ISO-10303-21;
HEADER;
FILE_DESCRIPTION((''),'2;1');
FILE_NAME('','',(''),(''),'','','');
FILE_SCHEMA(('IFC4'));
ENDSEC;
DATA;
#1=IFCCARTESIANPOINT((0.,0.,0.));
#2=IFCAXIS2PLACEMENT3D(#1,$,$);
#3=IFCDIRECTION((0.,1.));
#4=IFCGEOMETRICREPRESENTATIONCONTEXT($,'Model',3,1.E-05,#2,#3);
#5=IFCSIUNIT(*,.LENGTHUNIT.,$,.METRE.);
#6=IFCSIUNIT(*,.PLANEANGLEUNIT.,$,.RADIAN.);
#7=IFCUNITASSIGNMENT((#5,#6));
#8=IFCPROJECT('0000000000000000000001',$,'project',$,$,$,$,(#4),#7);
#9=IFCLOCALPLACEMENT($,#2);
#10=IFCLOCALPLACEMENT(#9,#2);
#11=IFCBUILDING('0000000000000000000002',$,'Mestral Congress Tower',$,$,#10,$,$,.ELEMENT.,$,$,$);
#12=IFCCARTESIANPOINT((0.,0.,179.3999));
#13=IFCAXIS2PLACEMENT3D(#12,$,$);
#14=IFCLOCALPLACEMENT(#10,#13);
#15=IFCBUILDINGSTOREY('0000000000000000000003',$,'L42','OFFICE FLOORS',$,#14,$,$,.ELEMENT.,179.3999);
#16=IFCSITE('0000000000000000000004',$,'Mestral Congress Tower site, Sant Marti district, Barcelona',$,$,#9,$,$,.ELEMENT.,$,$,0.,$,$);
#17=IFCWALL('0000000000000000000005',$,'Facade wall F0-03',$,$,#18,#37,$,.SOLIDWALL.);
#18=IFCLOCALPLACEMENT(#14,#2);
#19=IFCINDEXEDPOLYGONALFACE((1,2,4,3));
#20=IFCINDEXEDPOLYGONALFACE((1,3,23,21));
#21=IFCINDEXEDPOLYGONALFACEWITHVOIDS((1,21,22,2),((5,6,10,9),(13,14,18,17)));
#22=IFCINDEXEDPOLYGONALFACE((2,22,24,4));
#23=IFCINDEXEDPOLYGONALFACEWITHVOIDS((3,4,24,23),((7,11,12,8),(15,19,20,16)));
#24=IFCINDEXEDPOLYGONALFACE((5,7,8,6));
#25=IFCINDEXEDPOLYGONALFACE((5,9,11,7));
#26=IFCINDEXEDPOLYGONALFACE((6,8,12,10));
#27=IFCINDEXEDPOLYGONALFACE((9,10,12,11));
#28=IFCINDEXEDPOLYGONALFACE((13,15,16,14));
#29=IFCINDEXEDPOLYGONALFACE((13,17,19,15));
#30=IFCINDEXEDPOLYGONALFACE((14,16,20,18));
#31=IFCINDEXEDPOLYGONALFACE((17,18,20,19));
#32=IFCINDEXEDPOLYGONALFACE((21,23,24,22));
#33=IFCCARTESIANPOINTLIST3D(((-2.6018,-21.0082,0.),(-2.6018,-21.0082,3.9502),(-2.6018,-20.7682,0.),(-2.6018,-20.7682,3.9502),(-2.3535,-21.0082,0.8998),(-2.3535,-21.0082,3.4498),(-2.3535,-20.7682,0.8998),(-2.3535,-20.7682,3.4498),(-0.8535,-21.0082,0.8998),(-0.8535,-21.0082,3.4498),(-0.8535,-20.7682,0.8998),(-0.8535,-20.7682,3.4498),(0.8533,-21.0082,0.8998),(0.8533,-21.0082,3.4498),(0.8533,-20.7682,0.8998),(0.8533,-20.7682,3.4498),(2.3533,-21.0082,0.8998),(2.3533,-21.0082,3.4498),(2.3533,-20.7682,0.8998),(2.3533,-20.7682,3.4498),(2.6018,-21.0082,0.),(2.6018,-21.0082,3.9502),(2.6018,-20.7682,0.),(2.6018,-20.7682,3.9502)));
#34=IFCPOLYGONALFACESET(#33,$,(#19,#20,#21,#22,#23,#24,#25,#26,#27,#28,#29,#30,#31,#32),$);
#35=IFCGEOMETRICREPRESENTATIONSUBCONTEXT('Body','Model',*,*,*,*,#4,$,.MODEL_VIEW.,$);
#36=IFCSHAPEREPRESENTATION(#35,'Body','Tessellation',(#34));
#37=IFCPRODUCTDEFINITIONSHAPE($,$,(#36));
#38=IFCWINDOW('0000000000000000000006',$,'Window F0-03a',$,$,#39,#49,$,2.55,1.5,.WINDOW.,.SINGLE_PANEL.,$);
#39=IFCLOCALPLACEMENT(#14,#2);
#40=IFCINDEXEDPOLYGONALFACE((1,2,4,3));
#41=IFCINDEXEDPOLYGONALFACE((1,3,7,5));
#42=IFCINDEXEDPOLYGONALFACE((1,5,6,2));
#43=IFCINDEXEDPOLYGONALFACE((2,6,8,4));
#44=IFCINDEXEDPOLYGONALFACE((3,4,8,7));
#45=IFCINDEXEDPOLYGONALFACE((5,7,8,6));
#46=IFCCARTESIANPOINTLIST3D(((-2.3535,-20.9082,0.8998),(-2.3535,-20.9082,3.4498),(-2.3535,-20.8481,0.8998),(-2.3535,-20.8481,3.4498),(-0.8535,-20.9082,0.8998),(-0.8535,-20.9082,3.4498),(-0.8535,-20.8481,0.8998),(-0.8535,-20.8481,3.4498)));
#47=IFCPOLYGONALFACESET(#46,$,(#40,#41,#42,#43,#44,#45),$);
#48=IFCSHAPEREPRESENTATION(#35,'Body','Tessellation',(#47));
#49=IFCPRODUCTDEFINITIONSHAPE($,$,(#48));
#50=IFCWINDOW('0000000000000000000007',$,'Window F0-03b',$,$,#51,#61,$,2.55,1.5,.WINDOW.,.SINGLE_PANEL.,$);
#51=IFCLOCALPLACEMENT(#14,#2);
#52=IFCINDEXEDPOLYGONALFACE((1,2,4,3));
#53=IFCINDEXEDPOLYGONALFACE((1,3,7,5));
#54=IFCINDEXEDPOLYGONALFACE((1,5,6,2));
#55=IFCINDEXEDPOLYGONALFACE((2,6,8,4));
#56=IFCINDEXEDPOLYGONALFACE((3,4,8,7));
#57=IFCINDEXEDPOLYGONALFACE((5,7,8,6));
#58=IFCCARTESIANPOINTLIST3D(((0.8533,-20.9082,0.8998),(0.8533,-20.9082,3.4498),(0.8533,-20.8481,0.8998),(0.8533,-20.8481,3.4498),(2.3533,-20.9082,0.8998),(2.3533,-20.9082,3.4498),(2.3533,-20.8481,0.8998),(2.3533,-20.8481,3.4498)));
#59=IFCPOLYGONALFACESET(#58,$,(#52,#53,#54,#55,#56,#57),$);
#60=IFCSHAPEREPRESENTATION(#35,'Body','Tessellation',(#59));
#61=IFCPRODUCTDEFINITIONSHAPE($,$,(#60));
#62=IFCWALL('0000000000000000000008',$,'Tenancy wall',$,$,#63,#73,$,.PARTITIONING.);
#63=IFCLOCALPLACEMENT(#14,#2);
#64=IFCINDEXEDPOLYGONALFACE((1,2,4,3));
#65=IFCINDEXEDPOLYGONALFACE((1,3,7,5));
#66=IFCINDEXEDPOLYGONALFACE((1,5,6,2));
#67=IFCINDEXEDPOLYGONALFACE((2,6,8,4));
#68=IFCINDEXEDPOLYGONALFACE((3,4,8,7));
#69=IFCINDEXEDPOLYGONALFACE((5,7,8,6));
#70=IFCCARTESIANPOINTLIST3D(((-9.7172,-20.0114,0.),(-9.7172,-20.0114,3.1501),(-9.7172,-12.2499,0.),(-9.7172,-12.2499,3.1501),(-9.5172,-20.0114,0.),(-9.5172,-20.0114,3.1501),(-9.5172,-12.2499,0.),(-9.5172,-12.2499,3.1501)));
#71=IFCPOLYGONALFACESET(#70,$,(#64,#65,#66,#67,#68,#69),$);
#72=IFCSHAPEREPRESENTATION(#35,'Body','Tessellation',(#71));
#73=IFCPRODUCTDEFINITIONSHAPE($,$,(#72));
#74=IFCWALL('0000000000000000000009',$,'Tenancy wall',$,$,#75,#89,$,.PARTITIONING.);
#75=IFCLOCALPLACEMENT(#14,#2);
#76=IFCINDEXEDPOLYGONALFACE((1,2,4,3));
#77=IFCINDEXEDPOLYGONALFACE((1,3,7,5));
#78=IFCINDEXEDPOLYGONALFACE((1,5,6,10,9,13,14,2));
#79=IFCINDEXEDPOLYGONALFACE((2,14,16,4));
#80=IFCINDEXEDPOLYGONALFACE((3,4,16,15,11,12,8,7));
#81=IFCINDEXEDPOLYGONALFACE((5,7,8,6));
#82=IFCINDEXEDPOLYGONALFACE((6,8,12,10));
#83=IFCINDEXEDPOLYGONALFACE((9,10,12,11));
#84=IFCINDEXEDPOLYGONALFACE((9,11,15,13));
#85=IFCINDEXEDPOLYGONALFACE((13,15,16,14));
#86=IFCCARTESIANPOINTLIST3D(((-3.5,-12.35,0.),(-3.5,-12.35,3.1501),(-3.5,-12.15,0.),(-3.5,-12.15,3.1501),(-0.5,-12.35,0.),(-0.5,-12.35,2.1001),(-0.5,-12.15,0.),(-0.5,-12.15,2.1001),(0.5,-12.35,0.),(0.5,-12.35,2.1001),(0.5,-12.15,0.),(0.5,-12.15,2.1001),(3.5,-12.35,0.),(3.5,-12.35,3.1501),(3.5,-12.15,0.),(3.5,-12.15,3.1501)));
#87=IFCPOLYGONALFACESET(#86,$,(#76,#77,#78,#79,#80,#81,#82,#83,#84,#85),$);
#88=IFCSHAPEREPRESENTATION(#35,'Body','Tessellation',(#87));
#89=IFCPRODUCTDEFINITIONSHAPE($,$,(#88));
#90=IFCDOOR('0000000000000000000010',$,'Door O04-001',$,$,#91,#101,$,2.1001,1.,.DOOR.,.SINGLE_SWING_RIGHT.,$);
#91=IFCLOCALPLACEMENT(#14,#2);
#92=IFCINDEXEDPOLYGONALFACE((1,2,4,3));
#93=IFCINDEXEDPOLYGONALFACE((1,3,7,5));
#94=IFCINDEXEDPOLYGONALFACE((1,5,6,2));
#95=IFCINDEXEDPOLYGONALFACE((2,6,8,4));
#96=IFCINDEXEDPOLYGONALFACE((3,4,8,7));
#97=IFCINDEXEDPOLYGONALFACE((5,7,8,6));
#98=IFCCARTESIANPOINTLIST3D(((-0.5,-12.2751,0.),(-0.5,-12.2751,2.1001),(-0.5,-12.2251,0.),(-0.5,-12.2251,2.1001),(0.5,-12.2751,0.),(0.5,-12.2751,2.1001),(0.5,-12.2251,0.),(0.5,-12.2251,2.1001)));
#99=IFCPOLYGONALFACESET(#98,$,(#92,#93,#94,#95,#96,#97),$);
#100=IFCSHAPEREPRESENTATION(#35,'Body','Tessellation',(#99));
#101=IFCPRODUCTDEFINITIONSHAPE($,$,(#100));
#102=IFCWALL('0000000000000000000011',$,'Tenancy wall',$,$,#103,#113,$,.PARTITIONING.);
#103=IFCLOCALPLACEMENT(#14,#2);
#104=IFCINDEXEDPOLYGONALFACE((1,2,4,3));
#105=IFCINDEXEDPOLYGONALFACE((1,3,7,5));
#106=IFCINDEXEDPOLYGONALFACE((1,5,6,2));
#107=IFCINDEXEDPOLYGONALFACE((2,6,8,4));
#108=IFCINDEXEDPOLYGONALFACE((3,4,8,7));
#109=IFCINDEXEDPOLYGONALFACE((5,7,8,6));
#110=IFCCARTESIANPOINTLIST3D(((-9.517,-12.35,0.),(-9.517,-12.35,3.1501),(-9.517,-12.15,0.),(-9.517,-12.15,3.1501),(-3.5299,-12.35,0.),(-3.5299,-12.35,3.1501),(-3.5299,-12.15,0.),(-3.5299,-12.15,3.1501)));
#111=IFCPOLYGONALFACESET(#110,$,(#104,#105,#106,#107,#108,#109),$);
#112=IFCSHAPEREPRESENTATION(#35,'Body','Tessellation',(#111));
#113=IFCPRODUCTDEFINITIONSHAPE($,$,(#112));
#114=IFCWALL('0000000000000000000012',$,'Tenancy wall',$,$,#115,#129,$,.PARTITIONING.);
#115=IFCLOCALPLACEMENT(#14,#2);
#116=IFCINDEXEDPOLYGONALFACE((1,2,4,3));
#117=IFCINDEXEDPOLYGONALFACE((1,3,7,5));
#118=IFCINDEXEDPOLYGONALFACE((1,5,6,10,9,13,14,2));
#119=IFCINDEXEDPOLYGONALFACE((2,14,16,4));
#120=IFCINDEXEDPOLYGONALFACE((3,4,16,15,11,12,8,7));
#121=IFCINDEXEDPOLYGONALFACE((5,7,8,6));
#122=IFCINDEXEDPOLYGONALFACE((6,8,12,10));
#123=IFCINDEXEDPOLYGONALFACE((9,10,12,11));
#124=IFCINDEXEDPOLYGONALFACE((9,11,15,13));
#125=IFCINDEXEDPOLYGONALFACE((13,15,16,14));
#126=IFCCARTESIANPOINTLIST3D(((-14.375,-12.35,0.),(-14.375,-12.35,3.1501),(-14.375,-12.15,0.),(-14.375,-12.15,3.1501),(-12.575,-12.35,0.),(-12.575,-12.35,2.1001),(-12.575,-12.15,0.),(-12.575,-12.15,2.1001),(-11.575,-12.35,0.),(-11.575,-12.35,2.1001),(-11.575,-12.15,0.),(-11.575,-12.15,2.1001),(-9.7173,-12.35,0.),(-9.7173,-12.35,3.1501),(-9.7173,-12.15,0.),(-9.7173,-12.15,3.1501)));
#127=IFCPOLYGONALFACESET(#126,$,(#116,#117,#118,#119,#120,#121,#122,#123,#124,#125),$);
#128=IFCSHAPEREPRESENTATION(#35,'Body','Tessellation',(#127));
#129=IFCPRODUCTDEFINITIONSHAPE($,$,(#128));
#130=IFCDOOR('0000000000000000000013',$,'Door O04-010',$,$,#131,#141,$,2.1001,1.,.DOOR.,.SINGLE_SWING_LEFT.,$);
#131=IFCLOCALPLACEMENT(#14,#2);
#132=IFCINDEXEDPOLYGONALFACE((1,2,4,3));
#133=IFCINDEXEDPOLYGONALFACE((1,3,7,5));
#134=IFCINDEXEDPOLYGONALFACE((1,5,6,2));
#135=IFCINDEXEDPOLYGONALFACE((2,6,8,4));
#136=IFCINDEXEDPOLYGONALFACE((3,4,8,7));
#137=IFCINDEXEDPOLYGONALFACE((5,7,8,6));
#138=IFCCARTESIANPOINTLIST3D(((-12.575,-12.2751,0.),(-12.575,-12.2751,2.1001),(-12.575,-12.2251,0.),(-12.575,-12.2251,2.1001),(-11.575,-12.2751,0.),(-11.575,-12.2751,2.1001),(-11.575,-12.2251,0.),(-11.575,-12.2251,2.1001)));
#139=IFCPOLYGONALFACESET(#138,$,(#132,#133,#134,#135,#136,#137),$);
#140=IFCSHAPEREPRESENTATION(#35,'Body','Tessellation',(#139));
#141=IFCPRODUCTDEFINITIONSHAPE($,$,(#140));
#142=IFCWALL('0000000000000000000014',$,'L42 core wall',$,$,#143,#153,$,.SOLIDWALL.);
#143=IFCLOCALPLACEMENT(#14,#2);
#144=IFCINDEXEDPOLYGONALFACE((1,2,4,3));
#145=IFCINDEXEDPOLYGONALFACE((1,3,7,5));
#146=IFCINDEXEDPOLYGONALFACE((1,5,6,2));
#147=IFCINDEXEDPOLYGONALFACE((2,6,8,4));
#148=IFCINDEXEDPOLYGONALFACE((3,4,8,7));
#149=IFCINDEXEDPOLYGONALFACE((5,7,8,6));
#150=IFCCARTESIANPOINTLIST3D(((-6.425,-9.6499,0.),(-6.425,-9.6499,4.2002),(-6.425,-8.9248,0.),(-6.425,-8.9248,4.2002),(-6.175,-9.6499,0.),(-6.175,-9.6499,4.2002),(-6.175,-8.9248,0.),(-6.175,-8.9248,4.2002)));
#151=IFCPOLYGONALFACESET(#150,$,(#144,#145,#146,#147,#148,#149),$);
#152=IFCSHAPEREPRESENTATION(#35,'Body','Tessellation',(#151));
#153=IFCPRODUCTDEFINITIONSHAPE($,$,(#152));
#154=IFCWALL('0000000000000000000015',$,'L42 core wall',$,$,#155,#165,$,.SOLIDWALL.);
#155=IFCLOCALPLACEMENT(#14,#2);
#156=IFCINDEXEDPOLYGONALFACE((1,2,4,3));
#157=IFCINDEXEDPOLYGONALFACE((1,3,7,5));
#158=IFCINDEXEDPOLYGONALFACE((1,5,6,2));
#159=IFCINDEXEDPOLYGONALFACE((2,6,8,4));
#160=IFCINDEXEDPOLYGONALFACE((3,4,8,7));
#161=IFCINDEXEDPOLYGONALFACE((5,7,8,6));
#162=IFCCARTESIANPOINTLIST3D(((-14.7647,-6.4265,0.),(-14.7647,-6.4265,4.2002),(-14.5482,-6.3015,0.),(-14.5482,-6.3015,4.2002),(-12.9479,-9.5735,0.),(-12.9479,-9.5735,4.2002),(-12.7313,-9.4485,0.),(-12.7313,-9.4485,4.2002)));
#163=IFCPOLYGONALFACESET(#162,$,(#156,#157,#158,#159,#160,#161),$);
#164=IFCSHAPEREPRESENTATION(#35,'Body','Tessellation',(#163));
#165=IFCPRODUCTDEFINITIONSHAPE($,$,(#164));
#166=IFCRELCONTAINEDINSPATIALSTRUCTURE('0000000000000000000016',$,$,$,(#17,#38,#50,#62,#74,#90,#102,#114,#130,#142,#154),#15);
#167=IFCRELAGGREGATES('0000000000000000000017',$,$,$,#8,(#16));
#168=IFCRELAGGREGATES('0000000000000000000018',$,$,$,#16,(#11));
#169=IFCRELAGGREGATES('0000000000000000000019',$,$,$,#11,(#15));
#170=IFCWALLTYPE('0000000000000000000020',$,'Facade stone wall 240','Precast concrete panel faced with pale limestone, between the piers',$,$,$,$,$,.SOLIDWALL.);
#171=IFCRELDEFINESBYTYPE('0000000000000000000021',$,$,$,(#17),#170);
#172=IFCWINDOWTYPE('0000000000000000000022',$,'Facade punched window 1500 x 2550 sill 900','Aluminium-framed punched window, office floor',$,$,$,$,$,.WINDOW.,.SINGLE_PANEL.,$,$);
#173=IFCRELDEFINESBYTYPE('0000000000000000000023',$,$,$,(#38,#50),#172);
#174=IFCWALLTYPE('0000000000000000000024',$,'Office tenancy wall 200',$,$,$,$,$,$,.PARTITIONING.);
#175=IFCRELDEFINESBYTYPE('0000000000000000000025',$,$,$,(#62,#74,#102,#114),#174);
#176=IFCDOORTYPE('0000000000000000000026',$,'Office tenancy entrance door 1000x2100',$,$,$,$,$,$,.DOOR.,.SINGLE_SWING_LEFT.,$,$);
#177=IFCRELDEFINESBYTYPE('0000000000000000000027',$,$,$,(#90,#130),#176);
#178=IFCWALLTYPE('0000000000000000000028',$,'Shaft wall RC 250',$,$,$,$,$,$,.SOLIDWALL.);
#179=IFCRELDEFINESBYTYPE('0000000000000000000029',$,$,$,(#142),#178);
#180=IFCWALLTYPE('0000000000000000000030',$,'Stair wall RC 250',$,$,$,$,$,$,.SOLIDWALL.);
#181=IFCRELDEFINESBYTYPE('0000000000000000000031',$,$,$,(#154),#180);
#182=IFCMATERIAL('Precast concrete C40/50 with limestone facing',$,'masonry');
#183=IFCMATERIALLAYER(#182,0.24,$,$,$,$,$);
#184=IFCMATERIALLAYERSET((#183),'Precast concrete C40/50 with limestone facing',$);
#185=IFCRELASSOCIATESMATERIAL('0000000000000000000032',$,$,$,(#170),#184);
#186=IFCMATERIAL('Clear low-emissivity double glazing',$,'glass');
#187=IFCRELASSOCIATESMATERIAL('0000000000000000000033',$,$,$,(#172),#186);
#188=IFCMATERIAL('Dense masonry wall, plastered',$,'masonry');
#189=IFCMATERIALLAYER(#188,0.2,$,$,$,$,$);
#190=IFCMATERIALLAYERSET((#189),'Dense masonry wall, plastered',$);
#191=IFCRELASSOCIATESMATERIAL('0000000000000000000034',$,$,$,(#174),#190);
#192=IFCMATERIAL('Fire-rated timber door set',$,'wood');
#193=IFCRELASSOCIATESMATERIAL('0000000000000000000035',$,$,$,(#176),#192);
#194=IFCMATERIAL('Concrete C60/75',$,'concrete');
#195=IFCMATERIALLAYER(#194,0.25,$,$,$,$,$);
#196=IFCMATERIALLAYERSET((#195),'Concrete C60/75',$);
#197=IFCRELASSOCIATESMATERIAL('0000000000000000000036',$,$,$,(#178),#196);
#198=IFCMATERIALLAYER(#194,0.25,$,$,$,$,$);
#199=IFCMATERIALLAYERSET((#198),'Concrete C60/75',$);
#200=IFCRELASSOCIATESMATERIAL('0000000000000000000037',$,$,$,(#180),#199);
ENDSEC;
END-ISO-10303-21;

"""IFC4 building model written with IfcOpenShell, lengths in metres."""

from ifc_helpers import new_model, si_unit, direction, frame, frame_2d, origin, place, context, subcontext, project, spatial, rectangle, extrude, material, layer, layer_set, type_object, element, fill, save


model = new_model("IFC4")

# Units and contexts
model_context = context("Model", 3, precision=1e-05, world=origin(), true_north=direction((0.0, 1.0)))
body_context = subcontext(model_context, "Body", "Model", "MODEL_VIEW")
ifc_project = project(units=[si_unit("LENGTHUNIT", "METRE"), si_unit("PLANEANGLEUNIT", "RADIAN")], contexts=[model_context])

# Site, building, storey
site_placement = place(None, origin())
site = spatial("IfcSite", under=ifc_project, at=site_placement, Name="Mestral Congress Tower site, Sant Marti district, Barcelona", CompositionType="ELEMENT", RefElevation=0.0)
building_placement = place(site_placement, origin())
building = spatial("IfcBuilding", under=site, at=building_placement, Name="Mestral Congress Tower", CompositionType="ELEMENT")
storey_placement = place(building_placement, frame((0.0, 0.0, 179.3999)))
storey = spatial("IfcBuildingStorey", under=building, at=storey_placement, Name="L42", Description="OFFICE FLOORS", CompositionType="ELEMENT", Elevation=179.3999)

# Shared definitions
ifc_material_1 = material(Name="Concrete C60/75", Category="concrete")

# Wall, openings, windows
ifc_material_2 = material(Name="Precast concrete C40/50 with limestone facing", Category="masonry")
ifc_layer_1 = layer(ifc_material_2, 0.24)
ifc_layer_set_1 = layer_set([ifc_layer_1], Name="Precast concrete C40/50 with limestone facing")
wall_type_1 = type_object("IfcWallType", Name="Facade stone wall 240", Description="Precast concrete panel faced with pale limestone, between the piers", PredefinedType="SOLIDWALL", material=ifc_layer_set_1)
ifc_material_3 = material(Name="Clear low-emissivity double glazing", Category="glass")
window_type = type_object("IfcWindowType", Name="Facade punched window 1500 x 2550 sill 900", Description="Aluminium-framed punched window, office floor", PartitioningType="SINGLE_PANEL", PredefinedType="WINDOW", material=ifc_material_3)
wall_1_placement = place(storey_placement, frame((-2.6018, -20.8882, 0.0), z_axis=(0.0, 0.0, 1.0), x_axis=(1.0, 0.0, 0.0)))
wall_1 = element("IfcWall", 1, at=wall_1_placement, inside=storey, type_object=wall_type_1, Name="Facade wall F0-03", PredefinedType="SOLIDWALL", context=body_context, shape_type="SweptSolid", body=[
    extrude(rectangle(XDim=5.2036, YDim=0.24, at=frame_2d((2.6018, 0.0))), origin(), (0.0, 0.0, 1.0), 3.9502),
])
opening_1_placement = place(wall_1_placement, frame((0.2483, 0.0, 0.8999)))
opening_1 = element("IfcOpeningElement", 2, at=opening_1_placement, cuts=wall_1, PredefinedType="OPENING", context=body_context, shape_type="SweptSolid", body=[
    extrude(rectangle(XDim=1.5, YDim=2.55, at=frame_2d((0.75, 1.2749))), frame((0.0, 0.1299, 0.0), z_axis=(0.0, -1.0, 0.0), x_axis=(1.0, 0.0, 0.0)), (0.0, 0.0, 1.0), 0.26),
])
opening_2_placement = place(wall_1_placement, frame((3.4551, 0.0, 0.8999)))
opening_2 = element("IfcOpeningElement", 3, at=opening_2_placement, cuts=wall_1, PredefinedType="OPENING", context=body_context, shape_type="SweptSolid", body=[
    extrude(rectangle(XDim=1.5, YDim=2.55, at=frame_2d((0.75, 1.2749))), frame((0.0, 0.1299, 0.0), z_axis=(0.0, -1.0, 0.0), x_axis=(1.0, 0.0, 0.0)), (0.0, 0.0, 1.0), 0.26),
])
window_1_placement = place(opening_1_placement, origin())
window_1 = element("IfcWindow", 4, at=window_1_placement, inside=storey, type_object=window_type, Name="Window F0-03a", OverallHeight=2.55, OverallWidth=1.5, PartitioningType="SINGLE_PANEL", PredefinedType="WINDOW", context=body_context, shape_type="SweptSolid", body=[
    extrude(rectangle(XDim=1.5, YDim=2.55, at=frame_2d((0.75, 1.2749))), frame((0.0, 0.04, 0.0), z_axis=(0.0, -1.0, 0.0), x_axis=(1.0, 0.0, 0.0)), (0.0, 0.0, 1.0), 0.0601),
])
fill(opening_1, window_1)
window_2_placement = place(opening_2_placement, origin())
window_2 = element("IfcWindow", 5, at=window_2_placement, inside=storey, type_object=window_type, Name="Window F0-03b", OverallHeight=2.55, OverallWidth=1.5, PartitioningType="SINGLE_PANEL", PredefinedType="WINDOW", context=body_context, shape_type="SweptSolid", body=[
    extrude(rectangle(XDim=1.5, YDim=2.55, at=frame_2d((0.75, 1.2749))), frame((0.0, 0.04, 0.0), z_axis=(0.0, -1.0, 0.0), x_axis=(1.0, 0.0, 0.0)), (0.0, 0.0, 1.0), 0.0601),
])
fill(opening_2, window_2)

# Wall
ifc_material_4 = material(Name="Dense masonry wall, plastered", Category="masonry")
ifc_layer_2 = layer(ifc_material_4, 0.2)
ifc_layer_set_2 = layer_set([ifc_layer_2], Name="Dense masonry wall, plastered")
wall_type_2 = type_object("IfcWallType", Name="Office tenancy wall 200", PredefinedType="PARTITIONING", material=ifc_layer_set_2)
wall_2_placement = place(storey_placement, frame((-9.6172, -20.0115, 0.0), z_axis=(0.0, 0.0, 1.0), x_axis=(0.0, 1.0, 0.0)))
element("IfcWall", 6, at=wall_2_placement, inside=storey, type_object=wall_type_2, Name="Tenancy wall", PredefinedType="PARTITIONING", context=body_context, shape_type="SweptSolid", body=[
    extrude(rectangle(XDim=7.7615, YDim=0.2, at=frame_2d((3.8809, 0.0))), origin(), (0.0, 0.0, 1.0), 3.1501),
])

# Wall, opening, door
wall_3_placement = place(storey_placement, frame((-3.5, -12.25, 0.0), z_axis=(0.0, 0.0, 1.0), x_axis=(1.0, 0.0, 0.0)))
wall_3 = element("IfcWall", 7, at=wall_3_placement, inside=storey, type_object=wall_type_2, Name="Tenancy wall", PredefinedType="PARTITIONING", context=body_context, shape_type="SweptSolid", body=[
    extrude(rectangle(XDim=7.0, YDim=0.2, at=frame_2d((3.5, 0.0))), origin(), (0.0, 0.0, 1.0), 3.1501),
])
opening_3_placement = place(wall_3_placement, frame((3.0, 0.0, 0.0)))
opening_3 = element("IfcOpeningElement", 8, at=opening_3_placement, cuts=wall_3, PredefinedType="OPENING", context=body_context, shape_type="SweptSolid", body=[
    extrude(rectangle(XDim=1.0, YDim=2.1001, at=frame_2d((0.5, 1.05))), frame((0.0, 0.1099, 0.0), z_axis=(0.0, -1.0, 0.0), x_axis=(1.0, 0.0, 0.0)), (0.0, 0.0, 1.0), 0.22),
])
ifc_material_5 = material(Name="Fire-rated timber door set", Category="wood")
door_type = type_object("IfcDoorType", Name="Office tenancy entrance door 1000x2100", OperationType="SINGLE_SWING_LEFT", PredefinedType="DOOR", material=ifc_material_5)
door_1_placement = place(opening_3_placement, origin())
door_1 = element("IfcDoor", 9, at=door_1_placement, inside=storey, type_object=door_type, Name="Door O04-001", OperationType="SINGLE_SWING_RIGHT", OverallHeight=2.1001, OverallWidth=1.0, PredefinedType="DOOR", context=body_context, shape_type="SweptSolid", body=[
    extrude(rectangle(XDim=1.0, YDim=2.1001, at=frame_2d((0.5, 1.05))), frame((0.0, 0.0249, 0.0), z_axis=(0.0, -1.0, 0.0), x_axis=(1.0, 0.0, 0.0)), (0.0, 0.0, 1.0), 0.05),
])
fill(opening_3, door_1)

# Wall
wall_4_placement = place(storey_placement, frame((-9.5171, -12.25, 0.0), z_axis=(0.0, 0.0, 1.0), x_axis=(1.0, 0.0, 0.0)))
element("IfcWall", 10, at=wall_4_placement, inside=storey, type_object=wall_type_2, Name="Tenancy wall", PredefinedType="PARTITIONING", context=body_context, shape_type="SweptSolid", body=[
    extrude(rectangle(XDim=5.9871, YDim=0.2, at=frame_2d((2.9937, 0.0))), origin(), (0.0, 0.0, 1.0), 3.1501),
])

# Wall, opening, door
wall_5_placement = place(storey_placement, frame((-14.375, -12.25, 0.0), z_axis=(0.0, 0.0, 1.0), x_axis=(1.0, 0.0, 0.0)))
wall_5 = element("IfcWall", 11, at=wall_5_placement, inside=storey, type_object=wall_type_2, Name="Tenancy wall", PredefinedType="PARTITIONING", context=body_context, shape_type="SweptSolid", body=[
    extrude(rectangle(XDim=4.6577, YDim=0.2, at=frame_2d((2.3289, 0.0))), origin(), (0.0, 0.0, 1.0), 3.1501),
])
opening_4_placement = place(wall_5_placement, frame((1.8, 0.0, 0.0)))
opening_4 = element("IfcOpeningElement", 12, at=opening_4_placement, cuts=wall_5, PredefinedType="OPENING", context=body_context, shape_type="SweptSolid", body=[
    extrude(rectangle(XDim=1.0, YDim=2.1001, at=frame_2d((0.5, 1.05))), frame((0.0, 0.1099, 0.0), z_axis=(0.0, -1.0, 0.0), x_axis=(1.0, 0.0, 0.0)), (0.0, 0.0, 1.0), 0.22),
])
door_2_placement = place(opening_4_placement, origin())
door_2 = element("IfcDoor", 13, at=door_2_placement, inside=storey, type_object=door_type, Name="Door O04-010", OperationType="SINGLE_SWING_LEFT", OverallHeight=2.1001, OverallWidth=1.0, PredefinedType="DOOR", context=body_context, shape_type="SweptSolid", body=[
    extrude(rectangle(XDim=1.0, YDim=2.1001, at=frame_2d((0.5, 1.05))), frame((0.0, 0.0249, 0.0), z_axis=(0.0, -1.0, 0.0), x_axis=(1.0, 0.0, 0.0)), (0.0, 0.0, 1.0), 0.05),
])
fill(opening_4, door_2)

# Walls
ifc_layer_3 = layer(ifc_material_1, 0.25)
ifc_layer_set_3 = layer_set([ifc_layer_3], Name="Concrete C60/75")
wall_type_3 = type_object("IfcWallType", Name="Shaft wall RC 250", PredefinedType="SOLIDWALL", material=ifc_layer_set_3)
wall_6_placement = place(storey_placement, frame((-6.3, -8.9248, 0.0), z_axis=(0.0, 0.0, 1.0), x_axis=(0.0, -1.0, 0.0)))
element("IfcWall", 14, at=wall_6_placement, inside=storey, type_object=wall_type_3, Name="L42 core wall", PredefinedType="SOLIDWALL", context=body_context, shape_type="SweptSolid", body=[
    extrude(rectangle(XDim=0.7251, YDim=0.25, at=frame_2d((0.3625, 0.0))), origin(), (0.0, 0.0, 1.0), 4.2002),
])
ifc_layer_4 = layer(ifc_material_1, 0.25)
ifc_layer_set_4 = layer_set([ifc_layer_4], Name="Concrete C60/75")
wall_type_4 = type_object("IfcWallType", Name="Stair wall RC 250", PredefinedType="SOLIDWALL", material=ifc_layer_set_4)
wall_7_placement = place(storey_placement, frame((-12.8396, -9.511, 0.0), z_axis=(0.0, 0.0, 1.0), x_axis=(-0.499998, 0.866027, 0.0)))
element("IfcWall", 15, at=wall_7_placement, inside=storey, type_object=wall_type_4, Name="L42 core wall", PredefinedType="SOLIDWALL", context=body_context, shape_type="SweptSolid", body=[
    extrude(rectangle(XDim=3.6338, YDim=0.25, at=frame_2d((1.8169, 0.0))), origin(), (0.0, 0.0, 1.0), 4.2002),
])

save(model, "model.ifc")
